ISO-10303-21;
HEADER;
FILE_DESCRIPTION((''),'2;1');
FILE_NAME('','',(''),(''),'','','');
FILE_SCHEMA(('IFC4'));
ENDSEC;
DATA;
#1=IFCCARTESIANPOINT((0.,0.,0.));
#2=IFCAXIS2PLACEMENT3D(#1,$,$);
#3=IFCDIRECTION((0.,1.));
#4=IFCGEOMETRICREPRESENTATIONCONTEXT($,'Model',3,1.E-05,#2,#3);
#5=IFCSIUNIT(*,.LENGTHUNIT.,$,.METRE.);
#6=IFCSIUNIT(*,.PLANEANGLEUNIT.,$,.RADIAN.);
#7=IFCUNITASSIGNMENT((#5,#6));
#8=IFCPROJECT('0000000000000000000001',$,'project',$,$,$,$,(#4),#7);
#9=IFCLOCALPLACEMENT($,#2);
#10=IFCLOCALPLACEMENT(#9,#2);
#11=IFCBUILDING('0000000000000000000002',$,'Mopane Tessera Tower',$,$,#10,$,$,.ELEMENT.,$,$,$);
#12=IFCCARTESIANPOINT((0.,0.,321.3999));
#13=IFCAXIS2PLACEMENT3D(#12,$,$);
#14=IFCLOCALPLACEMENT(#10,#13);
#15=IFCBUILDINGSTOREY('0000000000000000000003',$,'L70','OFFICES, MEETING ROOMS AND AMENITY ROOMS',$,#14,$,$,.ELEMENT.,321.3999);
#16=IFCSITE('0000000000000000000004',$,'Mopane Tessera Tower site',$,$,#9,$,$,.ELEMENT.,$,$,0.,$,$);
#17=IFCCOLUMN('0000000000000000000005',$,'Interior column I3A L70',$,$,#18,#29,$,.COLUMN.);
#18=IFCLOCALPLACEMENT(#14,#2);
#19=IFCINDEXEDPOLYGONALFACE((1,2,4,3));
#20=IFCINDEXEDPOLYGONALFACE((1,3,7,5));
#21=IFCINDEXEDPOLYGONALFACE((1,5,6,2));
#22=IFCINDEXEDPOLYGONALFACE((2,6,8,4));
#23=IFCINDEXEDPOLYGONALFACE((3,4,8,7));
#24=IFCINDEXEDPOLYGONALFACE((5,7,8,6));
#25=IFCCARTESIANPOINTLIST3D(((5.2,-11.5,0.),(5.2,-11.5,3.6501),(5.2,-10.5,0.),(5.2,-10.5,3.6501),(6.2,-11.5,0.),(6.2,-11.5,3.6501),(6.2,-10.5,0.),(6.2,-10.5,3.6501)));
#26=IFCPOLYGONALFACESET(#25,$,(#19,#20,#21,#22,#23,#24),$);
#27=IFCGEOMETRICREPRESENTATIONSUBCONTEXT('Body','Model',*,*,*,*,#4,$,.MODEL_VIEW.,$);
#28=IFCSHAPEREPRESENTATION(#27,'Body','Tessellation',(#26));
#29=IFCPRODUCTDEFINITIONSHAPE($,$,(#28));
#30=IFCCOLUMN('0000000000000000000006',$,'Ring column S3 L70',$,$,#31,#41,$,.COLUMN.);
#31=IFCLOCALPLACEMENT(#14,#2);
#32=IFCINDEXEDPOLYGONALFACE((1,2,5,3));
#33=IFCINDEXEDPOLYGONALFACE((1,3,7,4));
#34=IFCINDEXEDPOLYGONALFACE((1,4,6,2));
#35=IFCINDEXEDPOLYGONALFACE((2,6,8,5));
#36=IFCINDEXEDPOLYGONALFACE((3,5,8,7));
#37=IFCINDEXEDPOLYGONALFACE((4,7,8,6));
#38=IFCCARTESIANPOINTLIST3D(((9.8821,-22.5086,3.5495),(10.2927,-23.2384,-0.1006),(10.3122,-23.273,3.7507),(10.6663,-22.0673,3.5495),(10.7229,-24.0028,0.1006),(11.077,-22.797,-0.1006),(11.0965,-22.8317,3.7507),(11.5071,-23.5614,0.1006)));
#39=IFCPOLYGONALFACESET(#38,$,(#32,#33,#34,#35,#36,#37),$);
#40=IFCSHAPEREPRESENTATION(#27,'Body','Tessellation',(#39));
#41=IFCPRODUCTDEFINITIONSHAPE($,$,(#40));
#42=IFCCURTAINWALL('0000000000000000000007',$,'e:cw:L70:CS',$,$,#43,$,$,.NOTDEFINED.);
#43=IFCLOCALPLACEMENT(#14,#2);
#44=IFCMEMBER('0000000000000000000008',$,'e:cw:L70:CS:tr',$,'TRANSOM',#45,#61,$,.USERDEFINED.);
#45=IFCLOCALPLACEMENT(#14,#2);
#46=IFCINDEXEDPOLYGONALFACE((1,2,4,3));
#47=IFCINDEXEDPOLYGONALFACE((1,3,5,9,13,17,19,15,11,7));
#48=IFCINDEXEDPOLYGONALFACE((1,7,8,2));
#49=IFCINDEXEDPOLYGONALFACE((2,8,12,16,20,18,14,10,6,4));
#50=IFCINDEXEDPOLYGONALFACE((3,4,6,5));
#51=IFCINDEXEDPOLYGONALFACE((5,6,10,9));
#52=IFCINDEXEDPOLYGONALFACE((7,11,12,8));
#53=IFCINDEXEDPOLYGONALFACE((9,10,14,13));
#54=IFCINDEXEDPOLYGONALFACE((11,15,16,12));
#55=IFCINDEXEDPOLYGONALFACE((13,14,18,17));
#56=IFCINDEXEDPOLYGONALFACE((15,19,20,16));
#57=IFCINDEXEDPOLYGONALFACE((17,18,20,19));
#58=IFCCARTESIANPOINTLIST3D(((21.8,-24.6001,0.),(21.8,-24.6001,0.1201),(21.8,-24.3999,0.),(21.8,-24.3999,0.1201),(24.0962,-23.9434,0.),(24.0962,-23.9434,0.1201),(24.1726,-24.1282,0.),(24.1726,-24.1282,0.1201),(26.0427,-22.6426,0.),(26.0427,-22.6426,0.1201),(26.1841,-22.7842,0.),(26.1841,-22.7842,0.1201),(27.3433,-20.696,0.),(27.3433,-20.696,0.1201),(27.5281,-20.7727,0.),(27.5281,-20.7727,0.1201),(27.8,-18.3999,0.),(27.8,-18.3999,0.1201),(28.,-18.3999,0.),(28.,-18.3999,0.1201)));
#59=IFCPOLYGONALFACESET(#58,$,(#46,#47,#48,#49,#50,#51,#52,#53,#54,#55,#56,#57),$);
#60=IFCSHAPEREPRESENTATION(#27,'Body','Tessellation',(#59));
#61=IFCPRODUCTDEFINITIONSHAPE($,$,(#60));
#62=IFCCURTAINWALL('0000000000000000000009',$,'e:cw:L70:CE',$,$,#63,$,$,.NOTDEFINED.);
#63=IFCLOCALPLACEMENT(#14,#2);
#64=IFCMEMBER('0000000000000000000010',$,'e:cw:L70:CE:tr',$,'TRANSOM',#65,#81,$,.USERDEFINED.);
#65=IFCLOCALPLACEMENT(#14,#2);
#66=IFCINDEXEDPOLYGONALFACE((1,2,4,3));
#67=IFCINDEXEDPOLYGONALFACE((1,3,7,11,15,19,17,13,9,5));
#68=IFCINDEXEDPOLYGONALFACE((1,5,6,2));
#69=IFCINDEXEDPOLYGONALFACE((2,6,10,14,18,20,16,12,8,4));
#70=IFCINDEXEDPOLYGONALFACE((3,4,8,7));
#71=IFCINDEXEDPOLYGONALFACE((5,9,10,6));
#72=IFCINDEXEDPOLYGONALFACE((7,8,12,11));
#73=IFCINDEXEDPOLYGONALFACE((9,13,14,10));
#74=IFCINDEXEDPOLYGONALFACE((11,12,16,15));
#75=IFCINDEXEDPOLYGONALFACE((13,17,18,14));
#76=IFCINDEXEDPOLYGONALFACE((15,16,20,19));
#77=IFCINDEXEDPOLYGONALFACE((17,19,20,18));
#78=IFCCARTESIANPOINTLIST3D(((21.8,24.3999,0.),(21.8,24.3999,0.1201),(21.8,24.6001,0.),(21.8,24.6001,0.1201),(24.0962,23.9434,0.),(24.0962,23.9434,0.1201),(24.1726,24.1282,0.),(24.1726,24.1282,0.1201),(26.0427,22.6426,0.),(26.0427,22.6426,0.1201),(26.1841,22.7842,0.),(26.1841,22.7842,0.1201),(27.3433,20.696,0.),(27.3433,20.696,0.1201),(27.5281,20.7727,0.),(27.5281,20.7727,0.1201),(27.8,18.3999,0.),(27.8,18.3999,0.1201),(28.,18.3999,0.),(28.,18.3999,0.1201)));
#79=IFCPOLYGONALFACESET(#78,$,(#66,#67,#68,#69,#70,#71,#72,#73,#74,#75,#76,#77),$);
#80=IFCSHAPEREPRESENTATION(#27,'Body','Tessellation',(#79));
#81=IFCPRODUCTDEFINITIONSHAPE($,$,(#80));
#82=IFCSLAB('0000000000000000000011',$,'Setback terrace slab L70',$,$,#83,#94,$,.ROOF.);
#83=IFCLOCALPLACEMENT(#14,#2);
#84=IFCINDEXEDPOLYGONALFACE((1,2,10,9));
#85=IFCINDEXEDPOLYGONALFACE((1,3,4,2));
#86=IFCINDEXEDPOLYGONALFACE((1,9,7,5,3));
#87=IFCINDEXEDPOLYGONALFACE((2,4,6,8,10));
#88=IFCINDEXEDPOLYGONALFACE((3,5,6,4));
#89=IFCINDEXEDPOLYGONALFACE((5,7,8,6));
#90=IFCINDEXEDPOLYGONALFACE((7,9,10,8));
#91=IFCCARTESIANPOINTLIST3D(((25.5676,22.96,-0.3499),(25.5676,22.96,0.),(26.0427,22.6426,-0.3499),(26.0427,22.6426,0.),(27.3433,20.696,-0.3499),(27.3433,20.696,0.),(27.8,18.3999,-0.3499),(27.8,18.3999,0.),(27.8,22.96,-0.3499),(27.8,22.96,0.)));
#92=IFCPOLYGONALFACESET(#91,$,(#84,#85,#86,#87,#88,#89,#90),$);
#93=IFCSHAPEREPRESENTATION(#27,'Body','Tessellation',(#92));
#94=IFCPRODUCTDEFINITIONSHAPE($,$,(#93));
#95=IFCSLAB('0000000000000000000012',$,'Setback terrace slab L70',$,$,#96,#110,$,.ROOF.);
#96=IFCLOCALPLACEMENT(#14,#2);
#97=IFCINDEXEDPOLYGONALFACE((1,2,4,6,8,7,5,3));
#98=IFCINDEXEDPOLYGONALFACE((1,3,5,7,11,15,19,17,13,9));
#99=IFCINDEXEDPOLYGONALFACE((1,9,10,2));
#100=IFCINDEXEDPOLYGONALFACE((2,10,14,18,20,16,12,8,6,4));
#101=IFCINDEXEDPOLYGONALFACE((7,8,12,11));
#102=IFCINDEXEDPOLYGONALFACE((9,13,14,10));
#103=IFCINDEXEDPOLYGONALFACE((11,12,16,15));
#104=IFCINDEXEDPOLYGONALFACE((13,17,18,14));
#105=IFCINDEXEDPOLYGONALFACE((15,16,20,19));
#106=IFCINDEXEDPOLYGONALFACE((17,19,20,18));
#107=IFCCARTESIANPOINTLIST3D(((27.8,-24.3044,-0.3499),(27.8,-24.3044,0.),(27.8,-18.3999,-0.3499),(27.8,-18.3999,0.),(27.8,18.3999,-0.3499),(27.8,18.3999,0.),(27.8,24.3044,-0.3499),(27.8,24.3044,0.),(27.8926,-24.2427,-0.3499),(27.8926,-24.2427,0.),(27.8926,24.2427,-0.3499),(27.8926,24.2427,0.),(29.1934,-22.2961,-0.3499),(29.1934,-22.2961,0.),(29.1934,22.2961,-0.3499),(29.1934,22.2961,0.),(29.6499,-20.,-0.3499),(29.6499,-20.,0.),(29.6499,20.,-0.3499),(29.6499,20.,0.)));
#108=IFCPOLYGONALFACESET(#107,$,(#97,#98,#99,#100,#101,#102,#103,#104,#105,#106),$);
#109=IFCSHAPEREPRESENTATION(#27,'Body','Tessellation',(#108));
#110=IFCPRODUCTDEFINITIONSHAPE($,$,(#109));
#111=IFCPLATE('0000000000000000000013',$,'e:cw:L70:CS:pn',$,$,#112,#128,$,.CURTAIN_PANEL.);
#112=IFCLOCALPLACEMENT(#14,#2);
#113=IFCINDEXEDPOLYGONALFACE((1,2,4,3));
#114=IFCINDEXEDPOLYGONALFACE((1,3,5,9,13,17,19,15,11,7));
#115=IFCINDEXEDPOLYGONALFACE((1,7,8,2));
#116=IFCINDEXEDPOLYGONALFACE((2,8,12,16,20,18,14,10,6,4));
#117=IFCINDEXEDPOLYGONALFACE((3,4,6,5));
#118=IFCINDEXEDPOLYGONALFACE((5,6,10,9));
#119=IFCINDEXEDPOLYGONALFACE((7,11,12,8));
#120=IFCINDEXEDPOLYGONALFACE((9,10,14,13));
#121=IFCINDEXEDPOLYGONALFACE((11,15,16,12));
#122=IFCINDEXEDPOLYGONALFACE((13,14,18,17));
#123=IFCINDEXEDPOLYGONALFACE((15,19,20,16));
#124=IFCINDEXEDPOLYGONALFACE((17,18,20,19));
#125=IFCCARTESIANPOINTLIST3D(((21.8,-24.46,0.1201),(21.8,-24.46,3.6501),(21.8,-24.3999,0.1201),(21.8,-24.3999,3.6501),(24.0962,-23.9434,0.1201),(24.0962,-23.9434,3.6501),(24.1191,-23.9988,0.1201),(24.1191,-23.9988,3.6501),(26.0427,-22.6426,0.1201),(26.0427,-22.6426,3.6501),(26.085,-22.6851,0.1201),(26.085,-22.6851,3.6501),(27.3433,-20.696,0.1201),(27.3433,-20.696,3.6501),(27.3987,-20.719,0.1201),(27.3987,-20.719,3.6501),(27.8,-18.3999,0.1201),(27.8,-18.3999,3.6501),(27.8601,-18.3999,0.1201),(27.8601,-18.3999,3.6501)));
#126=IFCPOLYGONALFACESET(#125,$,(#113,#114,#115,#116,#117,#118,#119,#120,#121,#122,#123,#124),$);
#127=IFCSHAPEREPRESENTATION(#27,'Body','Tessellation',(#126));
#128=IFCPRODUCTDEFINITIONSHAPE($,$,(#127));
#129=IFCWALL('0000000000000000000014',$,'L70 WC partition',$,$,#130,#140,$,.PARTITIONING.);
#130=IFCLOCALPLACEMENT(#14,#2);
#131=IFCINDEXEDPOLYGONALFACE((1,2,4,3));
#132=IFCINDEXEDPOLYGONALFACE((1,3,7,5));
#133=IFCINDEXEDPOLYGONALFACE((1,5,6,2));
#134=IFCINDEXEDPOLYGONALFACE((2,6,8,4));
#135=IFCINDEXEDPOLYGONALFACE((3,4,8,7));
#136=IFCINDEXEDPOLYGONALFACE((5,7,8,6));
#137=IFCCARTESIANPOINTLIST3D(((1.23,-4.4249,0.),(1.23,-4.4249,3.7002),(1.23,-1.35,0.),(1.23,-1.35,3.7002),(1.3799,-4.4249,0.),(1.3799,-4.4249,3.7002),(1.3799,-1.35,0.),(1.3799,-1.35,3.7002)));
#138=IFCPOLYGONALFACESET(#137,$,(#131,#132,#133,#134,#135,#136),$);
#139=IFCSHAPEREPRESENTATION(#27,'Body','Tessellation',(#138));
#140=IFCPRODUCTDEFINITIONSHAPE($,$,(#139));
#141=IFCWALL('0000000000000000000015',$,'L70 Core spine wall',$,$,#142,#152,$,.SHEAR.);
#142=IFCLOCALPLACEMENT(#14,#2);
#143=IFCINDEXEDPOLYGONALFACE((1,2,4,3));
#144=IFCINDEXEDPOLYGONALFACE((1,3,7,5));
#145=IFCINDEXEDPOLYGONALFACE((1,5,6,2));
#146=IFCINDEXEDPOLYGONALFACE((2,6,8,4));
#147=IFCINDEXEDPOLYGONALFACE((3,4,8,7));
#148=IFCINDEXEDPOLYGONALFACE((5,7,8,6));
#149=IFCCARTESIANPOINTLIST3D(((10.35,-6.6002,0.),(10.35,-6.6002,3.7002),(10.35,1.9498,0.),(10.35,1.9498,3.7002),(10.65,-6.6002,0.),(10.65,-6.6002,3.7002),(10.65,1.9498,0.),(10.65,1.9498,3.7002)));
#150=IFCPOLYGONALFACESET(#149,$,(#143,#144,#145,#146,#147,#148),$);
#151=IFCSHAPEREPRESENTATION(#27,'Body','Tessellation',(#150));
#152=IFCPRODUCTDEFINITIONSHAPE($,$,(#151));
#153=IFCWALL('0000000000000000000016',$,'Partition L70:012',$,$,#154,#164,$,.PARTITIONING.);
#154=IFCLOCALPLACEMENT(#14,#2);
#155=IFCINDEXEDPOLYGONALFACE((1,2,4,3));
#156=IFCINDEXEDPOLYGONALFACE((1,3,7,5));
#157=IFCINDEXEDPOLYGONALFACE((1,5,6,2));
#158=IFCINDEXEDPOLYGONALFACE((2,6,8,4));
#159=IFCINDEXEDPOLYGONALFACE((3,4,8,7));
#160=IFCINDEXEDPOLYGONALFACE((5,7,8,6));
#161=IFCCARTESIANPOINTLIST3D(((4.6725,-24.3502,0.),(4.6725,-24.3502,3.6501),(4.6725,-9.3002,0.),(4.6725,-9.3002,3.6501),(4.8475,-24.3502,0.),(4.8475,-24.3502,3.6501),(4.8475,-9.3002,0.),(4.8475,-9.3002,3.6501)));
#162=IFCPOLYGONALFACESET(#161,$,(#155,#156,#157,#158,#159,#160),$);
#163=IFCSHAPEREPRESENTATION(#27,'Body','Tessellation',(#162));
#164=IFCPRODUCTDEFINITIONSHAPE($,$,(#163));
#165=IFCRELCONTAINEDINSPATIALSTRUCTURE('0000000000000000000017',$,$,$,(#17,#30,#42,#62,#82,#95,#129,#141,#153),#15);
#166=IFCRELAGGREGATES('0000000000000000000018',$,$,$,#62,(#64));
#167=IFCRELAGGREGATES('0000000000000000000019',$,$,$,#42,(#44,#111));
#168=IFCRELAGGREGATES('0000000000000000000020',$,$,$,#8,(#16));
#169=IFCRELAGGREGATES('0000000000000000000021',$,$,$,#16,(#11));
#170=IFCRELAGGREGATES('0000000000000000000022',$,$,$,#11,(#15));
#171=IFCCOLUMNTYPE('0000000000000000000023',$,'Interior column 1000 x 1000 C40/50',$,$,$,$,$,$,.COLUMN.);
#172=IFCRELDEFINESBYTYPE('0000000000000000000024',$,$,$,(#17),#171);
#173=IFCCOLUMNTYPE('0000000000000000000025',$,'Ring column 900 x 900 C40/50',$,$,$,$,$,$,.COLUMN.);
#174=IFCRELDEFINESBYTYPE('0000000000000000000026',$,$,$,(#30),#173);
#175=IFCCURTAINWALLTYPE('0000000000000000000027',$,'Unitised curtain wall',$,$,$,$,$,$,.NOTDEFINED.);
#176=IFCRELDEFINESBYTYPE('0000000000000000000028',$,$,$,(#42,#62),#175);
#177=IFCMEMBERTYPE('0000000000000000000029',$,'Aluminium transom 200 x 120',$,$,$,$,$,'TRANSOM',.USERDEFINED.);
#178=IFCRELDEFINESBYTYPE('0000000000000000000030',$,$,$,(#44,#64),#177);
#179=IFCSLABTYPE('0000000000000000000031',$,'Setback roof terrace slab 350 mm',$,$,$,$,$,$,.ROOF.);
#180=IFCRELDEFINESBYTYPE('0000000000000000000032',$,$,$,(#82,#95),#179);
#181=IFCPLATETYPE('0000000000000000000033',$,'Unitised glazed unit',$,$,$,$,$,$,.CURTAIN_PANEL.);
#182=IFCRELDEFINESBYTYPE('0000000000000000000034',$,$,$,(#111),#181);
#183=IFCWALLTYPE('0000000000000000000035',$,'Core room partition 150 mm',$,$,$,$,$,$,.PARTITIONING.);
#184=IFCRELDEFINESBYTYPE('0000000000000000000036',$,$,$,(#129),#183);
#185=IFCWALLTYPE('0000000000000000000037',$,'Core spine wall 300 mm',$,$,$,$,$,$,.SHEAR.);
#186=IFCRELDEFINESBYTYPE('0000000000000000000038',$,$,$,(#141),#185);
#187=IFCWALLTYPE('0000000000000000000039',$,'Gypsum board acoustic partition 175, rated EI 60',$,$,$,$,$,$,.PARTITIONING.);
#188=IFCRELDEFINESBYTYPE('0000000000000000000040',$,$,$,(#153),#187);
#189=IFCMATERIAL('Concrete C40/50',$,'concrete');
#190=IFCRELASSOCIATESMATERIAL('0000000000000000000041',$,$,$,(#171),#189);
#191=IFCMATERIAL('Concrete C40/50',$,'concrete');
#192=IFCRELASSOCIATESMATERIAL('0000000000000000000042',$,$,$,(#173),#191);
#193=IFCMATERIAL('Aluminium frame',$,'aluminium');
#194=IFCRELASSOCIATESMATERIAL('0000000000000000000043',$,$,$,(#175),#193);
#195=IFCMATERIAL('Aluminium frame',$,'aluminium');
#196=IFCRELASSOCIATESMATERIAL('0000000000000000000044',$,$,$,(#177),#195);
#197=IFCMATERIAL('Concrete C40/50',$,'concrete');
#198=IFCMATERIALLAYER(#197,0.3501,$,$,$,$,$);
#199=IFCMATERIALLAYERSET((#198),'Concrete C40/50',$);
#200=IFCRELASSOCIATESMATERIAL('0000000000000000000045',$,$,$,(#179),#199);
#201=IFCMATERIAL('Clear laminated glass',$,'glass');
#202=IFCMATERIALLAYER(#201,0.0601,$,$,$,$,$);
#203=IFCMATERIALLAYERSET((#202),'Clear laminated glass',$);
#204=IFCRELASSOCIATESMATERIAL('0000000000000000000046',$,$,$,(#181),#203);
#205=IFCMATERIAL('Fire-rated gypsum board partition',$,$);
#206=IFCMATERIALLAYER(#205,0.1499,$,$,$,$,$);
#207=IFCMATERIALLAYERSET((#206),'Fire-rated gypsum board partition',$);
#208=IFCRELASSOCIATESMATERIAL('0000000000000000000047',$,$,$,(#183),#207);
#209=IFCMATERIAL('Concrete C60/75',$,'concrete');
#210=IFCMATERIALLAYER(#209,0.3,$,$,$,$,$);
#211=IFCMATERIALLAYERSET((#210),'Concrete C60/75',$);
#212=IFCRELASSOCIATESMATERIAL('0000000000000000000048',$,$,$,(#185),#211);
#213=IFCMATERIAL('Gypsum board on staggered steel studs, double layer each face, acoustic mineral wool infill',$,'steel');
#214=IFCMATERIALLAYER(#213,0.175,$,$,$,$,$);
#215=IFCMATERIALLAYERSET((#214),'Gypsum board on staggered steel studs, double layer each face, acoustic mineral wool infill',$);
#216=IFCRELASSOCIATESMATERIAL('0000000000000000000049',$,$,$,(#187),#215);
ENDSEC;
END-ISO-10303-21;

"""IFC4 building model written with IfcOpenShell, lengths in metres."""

from ifc_helpers import new_model, si_unit, direction, frame, frame_2d, origin, origin_2d, place, context, subcontext, project, spatial, polyline, rectangle, outline, extrude, material, layer, layer_set, material_profile, profile_set, type_object, element, aggregate, save


model = new_model("IFC4")

# Units and contexts
model_context = context("Model", 3, precision=1e-05, world=origin(), true_north=direction((0.0, 1.0)))
body_context = subcontext(model_context, "Body", "Model", "MODEL_VIEW")
ifc_project = project(units=[si_unit("LENGTHUNIT", "METRE"), si_unit("PLANEANGLEUNIT", "RADIAN")], contexts=[model_context])

# Site, building, storey
site_placement = place(None, origin())
site = spatial("IfcSite", under=ifc_project, at=site_placement, Name="Mopane Tessera Tower site", CompositionType="ELEMENT", RefElevation=0.0)
building_placement = place(site_placement, origin())
building = spatial("IfcBuilding", under=site, at=building_placement, Name="Mopane Tessera Tower", CompositionType="ELEMENT")
storey_placement = place(building_placement, frame((0.0, 0.0, 321.3999)))
storey = spatial("IfcBuildingStorey", under=building, at=storey_placement, Name="L70", Description="OFFICES, MEETING ROOMS AND AMENITY ROOMS", CompositionType="ELEMENT", Elevation=321.3999)

# Columns
ifc_material_1 = material(Name="Concrete C40/50", Category="concrete")
ifc_material_profile_1 = material_profile(ifc_material_1, rectangle(XDim=1.0, YDim=1.0, at=origin_2d()))
ifc_profile_set_1 = profile_set([ifc_material_profile_1], Name="Concrete C40/50")
column_type_1 = type_object("IfcColumnType", Name="Interior column 1000 x 1000 C40/50", PredefinedType="COLUMN", material=ifc_profile_set_1)
column_1_placement = place(storey_placement, frame((5.7, -11.0, 0.0), z_axis=(0.0, 0.0, 1.0), x_axis=(1.0, 0.0, 0.0)))
element("IfcColumn", 1, at=column_1_placement, inside=storey, type_object=column_type_1, Name="Interior column I3A L70", PredefinedType="COLUMN", context=body_context, shape_type="SweptSolid", body=[
    extrude(rectangle(XDim=1.0, YDim=1.0, at=origin_2d()), origin(), (0.0, 0.0, 1.0), 3.6501),
])
ifc_material_2 = material(Name="Concrete C40/50", Category="concrete")
ifc_material_profile_2 = material_profile(ifc_material_2, rectangle(XDim=0.8999, YDim=0.8999, at=origin_2d()))
ifc_profile_set_2 = profile_set([ifc_material_profile_2], Name="Concrete C40/50")
column_type_2 = type_object("IfcColumnType", Name="Ring column 900 x 900 C40/50", PredefinedType="COLUMN", material=ifc_profile_set_2)
column_2_placement = place(storey_placement, frame((10.8999, -23.3999, 0.0), z_axis=(-0.109653, 0.194858, 0.974683), x_axis=(-0.87149, -0.490414, 0.0)))
element("IfcColumn", 2, at=column_2_placement, inside=storey, type_object=column_type_2, Name="Ring column S3 L70", PredefinedType="COLUMN", context=body_context, shape_type="SweptSolid", body=[
    extrude(rectangle(XDim=0.8999, YDim=0.8999, at=origin_2d()), origin(), (0.0, 0.0, 1.0), 3.7449),
])

# Curtain walls, members
ifc_material_3 = material(Name="Aluminium frame", Category="aluminium")
curtain_wall_type = type_object("IfcCurtainWallType", Name="Unitised curtain wall", PredefinedType="NOTDEFINED", material=ifc_material_3)
curtain_wall_1_placement = place(storey_placement, origin())
curtain_wall_1 = element("IfcCurtainWall", 3, at=curtain_wall_1_placement, inside=storey, type_object=curtain_wall_type, Name="e:cw:L70:CS", PredefinedType="NOTDEFINED")
ifc_material_4 = material(Name="Aluminium frame", Category="aluminium")
ifc_material_profile_3 = material_profile(ifc_material_4, rectangle(XDim=0.2, YDim=0.1201, at=origin_2d()))
ifc_profile_set_3 = profile_set([ifc_material_profile_3], Name="Aluminium frame")
member_type = type_object("IfcMemberType", Name="Aluminium transom 200 x 120", ElementType="TRANSOM", PredefinedType="USERDEFINED", material=ifc_profile_set_3)
member_1_placement = place(storey_placement, origin())
member_1 = element("IfcMember", 4, at=member_1_placement, type_object=member_type, Name="e:cw:L70:CS:tr", ObjectType="TRANSOM", PredefinedType="USERDEFINED", context=body_context, shape_type="SweptSolid", body=[
    extrude(outline(polyline([(21.8, -24.3999), (24.0962, -23.9434), (26.0427, -22.6426), (27.3433, -20.696), (27.8, -18.3999), (28.0, -18.3999), (27.5281, -20.7727), (26.1841, -22.7842), (24.1726, -24.1282), (21.8, -24.6001), (21.8, -24.3999)])), origin(), (0.0, 0.0, 1.0), 0.1201),
])
curtain_wall_2_placement = place(storey_placement, origin())
curtain_wall_2 = element("IfcCurtainWall", 5, at=curtain_wall_2_placement, inside=storey, type_object=curtain_wall_type, Name="e:cw:L70:CE", PredefinedType="NOTDEFINED")
member_2_placement = place(storey_placement, origin())
member_2 = element("IfcMember", 6, at=member_2_placement, type_object=member_type, Name="e:cw:L70:CE:tr", ObjectType="TRANSOM", PredefinedType="USERDEFINED", context=body_context, shape_type="SweptSolid", body=[
    extrude(outline(polyline([(27.8, 18.3999), (27.3433, 20.696), (26.0427, 22.6426), (24.0962, 23.9434), (21.8, 24.3999), (21.8, 24.6001), (24.1726, 24.1282), (26.1841, 22.7842), (27.5281, 20.7727), (28.0, 18.3999), (27.8, 18.3999)])), origin(), (0.0, 0.0, 1.0), 0.1201),
])
aggregate(curtain_wall_2, [member_2])

# Slabs
ifc_material_5 = material(Name="Concrete C40/50", Category="concrete")
ifc_layer_1 = layer(ifc_material_5, 0.3501)
ifc_layer_set_1 = layer_set([ifc_layer_1], Name="Concrete C40/50")
slab_type = type_object("IfcSlabType", Name="Setback roof terrace slab 350 mm", PredefinedType="ROOF", material=ifc_layer_set_1)
slab_1_placement = place(storey_placement, frame((0.0, 0.0, -0.3499)))
element("IfcSlab", 7, at=slab_1_placement, inside=storey, type_object=slab_type, Name="Setback terrace slab L70", PredefinedType="ROOF", context=body_context, shape_type="SweptSolid", body=[
    extrude(outline(polyline([(27.8, 18.3999), (27.8, 22.96), (25.5676, 22.96), (26.0427, 22.6426), (27.3433, 20.696), (27.8, 18.3999)])), origin(), (0.0, 0.0, 1.0), 0.3499),
])
slab_2_placement = place(storey_placement, frame((0.0, 0.0, -0.3499)))
element("IfcSlab", 8, at=slab_2_placement, inside=storey, type_object=slab_type, Name="Setback terrace slab L70", PredefinedType="ROOF", context=body_context, shape_type="SweptSolid", body=[
    extrude(outline(polyline([(27.8, 24.3044), (27.8, 18.3999), (27.8, -18.3999), (27.8, -24.3044), (27.8926, -24.2427), (29.1934, -22.2961), (29.6499, -20.0), (29.6499, 20.0), (29.1934, 22.2961), (27.8926, 24.2427), (27.8, 24.3044)])), origin(), (0.0, 0.0, 1.0), 0.3499),
])

# Plate
ifc_material_6 = material(Name="Clear laminated glass", Category="glass")
ifc_layer_2 = layer(ifc_material_6, 0.0601)
ifc_layer_set_2 = layer_set([ifc_layer_2], Name="Clear laminated glass")
plate_type = type_object("IfcPlateType", Name="Unitised glazed unit", PredefinedType="CURTAIN_PANEL", material=ifc_layer_set_2)
plate_placement = place(storey_placement, frame((0.0, 0.0, 0.1201)))
plate = element("IfcPlate", 9, at=plate_placement, type_object=plate_type, Name="e:cw:L70:CS:pn", PredefinedType="CURTAIN_PANEL", context=body_context, shape_type="SweptSolid", body=[
    extrude(outline(polyline([(21.8, -24.3999), (24.0962, -23.9434), (26.0427, -22.6426), (27.3433, -20.696), (27.8, -18.3999), (27.8601, -18.3999), (27.3987, -20.719), (26.085, -22.6851), (24.1191, -23.9988), (21.8, -24.46), (21.8, -24.3999)])), origin(), (0.0, 0.0, 1.0), 3.53),
])
aggregate(curtain_wall_1, [member_1, plate])

# Walls
ifc_material_7 = material(Name="Fire-rated gypsum board partition")
ifc_layer_3 = layer(ifc_material_7, 0.1499)
ifc_layer_set_3 = layer_set([ifc_layer_3], Name="Fire-rated gypsum board partition")
wall_type_1 = type_object("IfcWallType", Name="Core room partition 150 mm", PredefinedType="PARTITIONING", material=ifc_layer_set_3)
wall_1_placement = place(storey_placement, frame((1.3049, -4.425, 0.0), z_axis=(0.0, 0.0, 1.0), x_axis=(0.0, 1.0, 0.0)))
element("IfcWall", 10, at=wall_1_placement, inside=storey, type_object=wall_type_1, Name="L70 WC partition", PredefinedType="PARTITIONING", context=body_context, shape_type="SweptSolid", body=[
    extrude(rectangle(XDim=3.075, YDim=0.1499, at=frame_2d((1.5376, 0.0))), origin(), (0.0, 0.0, 1.0), 3.7002),
])
ifc_material_8 = material(Name="Concrete C60/75", Category="concrete")
ifc_layer_4 = layer(ifc_material_8, 0.3)
ifc_layer_set_4 = layer_set([ifc_layer_4], Name="Concrete C60/75")
wall_type_2 = type_object("IfcWallType", Name="Core spine wall 300 mm", PredefinedType="SHEAR", material=ifc_layer_set_4)
wall_2_placement = place(storey_placement, frame((10.5, -6.6001, 0.0), z_axis=(0.0, 0.0, 1.0), x_axis=(0.0, 1.0, 0.0)))
element("IfcWall", 11, at=wall_2_placement, inside=storey, type_object=wall_type_2, Name="L70 Core spine wall", PredefinedType="SHEAR", context=body_context, shape_type="SweptSolid", body=[
    extrude(rectangle(XDim=8.55, YDim=0.3, at=frame_2d((4.2749, 0.0))), origin(), (0.0, 0.0, 1.0), 3.7002),
])
ifc_material_9 = material(Name="Gypsum board on staggered steel studs, double layer each face, acoustic mineral wool infill", Category="steel")
ifc_layer_5 = layer(ifc_material_9, 0.175)
ifc_layer_set_5 = layer_set([ifc_layer_5], Name="Gypsum board on staggered steel studs, double layer each face, acoustic mineral wool infill")
wall_type_3 = type_object("IfcWallType", Name="Gypsum board acoustic partition 175, rated EI 60", PredefinedType="PARTITIONING", material=ifc_layer_set_5)
wall_3_placement = place(storey_placement, frame((4.76, -24.3501, 0.0), z_axis=(0.0, 0.0, 1.0), x_axis=(0.0, 1.0, 0.0)))
element("IfcWall", 12, at=wall_3_placement, inside=storey, type_object=wall_type_3, Name="Partition L70:012", PredefinedType="PARTITIONING", context=body_context, shape_type="SweptSolid", body=[
    extrude(rectangle(XDim=15.05, YDim=0.175, at=frame_2d((7.5249, 0.0))), origin(), (0.0, 0.0, 1.0), 3.6501),
])

save(model, "model.ifc")
